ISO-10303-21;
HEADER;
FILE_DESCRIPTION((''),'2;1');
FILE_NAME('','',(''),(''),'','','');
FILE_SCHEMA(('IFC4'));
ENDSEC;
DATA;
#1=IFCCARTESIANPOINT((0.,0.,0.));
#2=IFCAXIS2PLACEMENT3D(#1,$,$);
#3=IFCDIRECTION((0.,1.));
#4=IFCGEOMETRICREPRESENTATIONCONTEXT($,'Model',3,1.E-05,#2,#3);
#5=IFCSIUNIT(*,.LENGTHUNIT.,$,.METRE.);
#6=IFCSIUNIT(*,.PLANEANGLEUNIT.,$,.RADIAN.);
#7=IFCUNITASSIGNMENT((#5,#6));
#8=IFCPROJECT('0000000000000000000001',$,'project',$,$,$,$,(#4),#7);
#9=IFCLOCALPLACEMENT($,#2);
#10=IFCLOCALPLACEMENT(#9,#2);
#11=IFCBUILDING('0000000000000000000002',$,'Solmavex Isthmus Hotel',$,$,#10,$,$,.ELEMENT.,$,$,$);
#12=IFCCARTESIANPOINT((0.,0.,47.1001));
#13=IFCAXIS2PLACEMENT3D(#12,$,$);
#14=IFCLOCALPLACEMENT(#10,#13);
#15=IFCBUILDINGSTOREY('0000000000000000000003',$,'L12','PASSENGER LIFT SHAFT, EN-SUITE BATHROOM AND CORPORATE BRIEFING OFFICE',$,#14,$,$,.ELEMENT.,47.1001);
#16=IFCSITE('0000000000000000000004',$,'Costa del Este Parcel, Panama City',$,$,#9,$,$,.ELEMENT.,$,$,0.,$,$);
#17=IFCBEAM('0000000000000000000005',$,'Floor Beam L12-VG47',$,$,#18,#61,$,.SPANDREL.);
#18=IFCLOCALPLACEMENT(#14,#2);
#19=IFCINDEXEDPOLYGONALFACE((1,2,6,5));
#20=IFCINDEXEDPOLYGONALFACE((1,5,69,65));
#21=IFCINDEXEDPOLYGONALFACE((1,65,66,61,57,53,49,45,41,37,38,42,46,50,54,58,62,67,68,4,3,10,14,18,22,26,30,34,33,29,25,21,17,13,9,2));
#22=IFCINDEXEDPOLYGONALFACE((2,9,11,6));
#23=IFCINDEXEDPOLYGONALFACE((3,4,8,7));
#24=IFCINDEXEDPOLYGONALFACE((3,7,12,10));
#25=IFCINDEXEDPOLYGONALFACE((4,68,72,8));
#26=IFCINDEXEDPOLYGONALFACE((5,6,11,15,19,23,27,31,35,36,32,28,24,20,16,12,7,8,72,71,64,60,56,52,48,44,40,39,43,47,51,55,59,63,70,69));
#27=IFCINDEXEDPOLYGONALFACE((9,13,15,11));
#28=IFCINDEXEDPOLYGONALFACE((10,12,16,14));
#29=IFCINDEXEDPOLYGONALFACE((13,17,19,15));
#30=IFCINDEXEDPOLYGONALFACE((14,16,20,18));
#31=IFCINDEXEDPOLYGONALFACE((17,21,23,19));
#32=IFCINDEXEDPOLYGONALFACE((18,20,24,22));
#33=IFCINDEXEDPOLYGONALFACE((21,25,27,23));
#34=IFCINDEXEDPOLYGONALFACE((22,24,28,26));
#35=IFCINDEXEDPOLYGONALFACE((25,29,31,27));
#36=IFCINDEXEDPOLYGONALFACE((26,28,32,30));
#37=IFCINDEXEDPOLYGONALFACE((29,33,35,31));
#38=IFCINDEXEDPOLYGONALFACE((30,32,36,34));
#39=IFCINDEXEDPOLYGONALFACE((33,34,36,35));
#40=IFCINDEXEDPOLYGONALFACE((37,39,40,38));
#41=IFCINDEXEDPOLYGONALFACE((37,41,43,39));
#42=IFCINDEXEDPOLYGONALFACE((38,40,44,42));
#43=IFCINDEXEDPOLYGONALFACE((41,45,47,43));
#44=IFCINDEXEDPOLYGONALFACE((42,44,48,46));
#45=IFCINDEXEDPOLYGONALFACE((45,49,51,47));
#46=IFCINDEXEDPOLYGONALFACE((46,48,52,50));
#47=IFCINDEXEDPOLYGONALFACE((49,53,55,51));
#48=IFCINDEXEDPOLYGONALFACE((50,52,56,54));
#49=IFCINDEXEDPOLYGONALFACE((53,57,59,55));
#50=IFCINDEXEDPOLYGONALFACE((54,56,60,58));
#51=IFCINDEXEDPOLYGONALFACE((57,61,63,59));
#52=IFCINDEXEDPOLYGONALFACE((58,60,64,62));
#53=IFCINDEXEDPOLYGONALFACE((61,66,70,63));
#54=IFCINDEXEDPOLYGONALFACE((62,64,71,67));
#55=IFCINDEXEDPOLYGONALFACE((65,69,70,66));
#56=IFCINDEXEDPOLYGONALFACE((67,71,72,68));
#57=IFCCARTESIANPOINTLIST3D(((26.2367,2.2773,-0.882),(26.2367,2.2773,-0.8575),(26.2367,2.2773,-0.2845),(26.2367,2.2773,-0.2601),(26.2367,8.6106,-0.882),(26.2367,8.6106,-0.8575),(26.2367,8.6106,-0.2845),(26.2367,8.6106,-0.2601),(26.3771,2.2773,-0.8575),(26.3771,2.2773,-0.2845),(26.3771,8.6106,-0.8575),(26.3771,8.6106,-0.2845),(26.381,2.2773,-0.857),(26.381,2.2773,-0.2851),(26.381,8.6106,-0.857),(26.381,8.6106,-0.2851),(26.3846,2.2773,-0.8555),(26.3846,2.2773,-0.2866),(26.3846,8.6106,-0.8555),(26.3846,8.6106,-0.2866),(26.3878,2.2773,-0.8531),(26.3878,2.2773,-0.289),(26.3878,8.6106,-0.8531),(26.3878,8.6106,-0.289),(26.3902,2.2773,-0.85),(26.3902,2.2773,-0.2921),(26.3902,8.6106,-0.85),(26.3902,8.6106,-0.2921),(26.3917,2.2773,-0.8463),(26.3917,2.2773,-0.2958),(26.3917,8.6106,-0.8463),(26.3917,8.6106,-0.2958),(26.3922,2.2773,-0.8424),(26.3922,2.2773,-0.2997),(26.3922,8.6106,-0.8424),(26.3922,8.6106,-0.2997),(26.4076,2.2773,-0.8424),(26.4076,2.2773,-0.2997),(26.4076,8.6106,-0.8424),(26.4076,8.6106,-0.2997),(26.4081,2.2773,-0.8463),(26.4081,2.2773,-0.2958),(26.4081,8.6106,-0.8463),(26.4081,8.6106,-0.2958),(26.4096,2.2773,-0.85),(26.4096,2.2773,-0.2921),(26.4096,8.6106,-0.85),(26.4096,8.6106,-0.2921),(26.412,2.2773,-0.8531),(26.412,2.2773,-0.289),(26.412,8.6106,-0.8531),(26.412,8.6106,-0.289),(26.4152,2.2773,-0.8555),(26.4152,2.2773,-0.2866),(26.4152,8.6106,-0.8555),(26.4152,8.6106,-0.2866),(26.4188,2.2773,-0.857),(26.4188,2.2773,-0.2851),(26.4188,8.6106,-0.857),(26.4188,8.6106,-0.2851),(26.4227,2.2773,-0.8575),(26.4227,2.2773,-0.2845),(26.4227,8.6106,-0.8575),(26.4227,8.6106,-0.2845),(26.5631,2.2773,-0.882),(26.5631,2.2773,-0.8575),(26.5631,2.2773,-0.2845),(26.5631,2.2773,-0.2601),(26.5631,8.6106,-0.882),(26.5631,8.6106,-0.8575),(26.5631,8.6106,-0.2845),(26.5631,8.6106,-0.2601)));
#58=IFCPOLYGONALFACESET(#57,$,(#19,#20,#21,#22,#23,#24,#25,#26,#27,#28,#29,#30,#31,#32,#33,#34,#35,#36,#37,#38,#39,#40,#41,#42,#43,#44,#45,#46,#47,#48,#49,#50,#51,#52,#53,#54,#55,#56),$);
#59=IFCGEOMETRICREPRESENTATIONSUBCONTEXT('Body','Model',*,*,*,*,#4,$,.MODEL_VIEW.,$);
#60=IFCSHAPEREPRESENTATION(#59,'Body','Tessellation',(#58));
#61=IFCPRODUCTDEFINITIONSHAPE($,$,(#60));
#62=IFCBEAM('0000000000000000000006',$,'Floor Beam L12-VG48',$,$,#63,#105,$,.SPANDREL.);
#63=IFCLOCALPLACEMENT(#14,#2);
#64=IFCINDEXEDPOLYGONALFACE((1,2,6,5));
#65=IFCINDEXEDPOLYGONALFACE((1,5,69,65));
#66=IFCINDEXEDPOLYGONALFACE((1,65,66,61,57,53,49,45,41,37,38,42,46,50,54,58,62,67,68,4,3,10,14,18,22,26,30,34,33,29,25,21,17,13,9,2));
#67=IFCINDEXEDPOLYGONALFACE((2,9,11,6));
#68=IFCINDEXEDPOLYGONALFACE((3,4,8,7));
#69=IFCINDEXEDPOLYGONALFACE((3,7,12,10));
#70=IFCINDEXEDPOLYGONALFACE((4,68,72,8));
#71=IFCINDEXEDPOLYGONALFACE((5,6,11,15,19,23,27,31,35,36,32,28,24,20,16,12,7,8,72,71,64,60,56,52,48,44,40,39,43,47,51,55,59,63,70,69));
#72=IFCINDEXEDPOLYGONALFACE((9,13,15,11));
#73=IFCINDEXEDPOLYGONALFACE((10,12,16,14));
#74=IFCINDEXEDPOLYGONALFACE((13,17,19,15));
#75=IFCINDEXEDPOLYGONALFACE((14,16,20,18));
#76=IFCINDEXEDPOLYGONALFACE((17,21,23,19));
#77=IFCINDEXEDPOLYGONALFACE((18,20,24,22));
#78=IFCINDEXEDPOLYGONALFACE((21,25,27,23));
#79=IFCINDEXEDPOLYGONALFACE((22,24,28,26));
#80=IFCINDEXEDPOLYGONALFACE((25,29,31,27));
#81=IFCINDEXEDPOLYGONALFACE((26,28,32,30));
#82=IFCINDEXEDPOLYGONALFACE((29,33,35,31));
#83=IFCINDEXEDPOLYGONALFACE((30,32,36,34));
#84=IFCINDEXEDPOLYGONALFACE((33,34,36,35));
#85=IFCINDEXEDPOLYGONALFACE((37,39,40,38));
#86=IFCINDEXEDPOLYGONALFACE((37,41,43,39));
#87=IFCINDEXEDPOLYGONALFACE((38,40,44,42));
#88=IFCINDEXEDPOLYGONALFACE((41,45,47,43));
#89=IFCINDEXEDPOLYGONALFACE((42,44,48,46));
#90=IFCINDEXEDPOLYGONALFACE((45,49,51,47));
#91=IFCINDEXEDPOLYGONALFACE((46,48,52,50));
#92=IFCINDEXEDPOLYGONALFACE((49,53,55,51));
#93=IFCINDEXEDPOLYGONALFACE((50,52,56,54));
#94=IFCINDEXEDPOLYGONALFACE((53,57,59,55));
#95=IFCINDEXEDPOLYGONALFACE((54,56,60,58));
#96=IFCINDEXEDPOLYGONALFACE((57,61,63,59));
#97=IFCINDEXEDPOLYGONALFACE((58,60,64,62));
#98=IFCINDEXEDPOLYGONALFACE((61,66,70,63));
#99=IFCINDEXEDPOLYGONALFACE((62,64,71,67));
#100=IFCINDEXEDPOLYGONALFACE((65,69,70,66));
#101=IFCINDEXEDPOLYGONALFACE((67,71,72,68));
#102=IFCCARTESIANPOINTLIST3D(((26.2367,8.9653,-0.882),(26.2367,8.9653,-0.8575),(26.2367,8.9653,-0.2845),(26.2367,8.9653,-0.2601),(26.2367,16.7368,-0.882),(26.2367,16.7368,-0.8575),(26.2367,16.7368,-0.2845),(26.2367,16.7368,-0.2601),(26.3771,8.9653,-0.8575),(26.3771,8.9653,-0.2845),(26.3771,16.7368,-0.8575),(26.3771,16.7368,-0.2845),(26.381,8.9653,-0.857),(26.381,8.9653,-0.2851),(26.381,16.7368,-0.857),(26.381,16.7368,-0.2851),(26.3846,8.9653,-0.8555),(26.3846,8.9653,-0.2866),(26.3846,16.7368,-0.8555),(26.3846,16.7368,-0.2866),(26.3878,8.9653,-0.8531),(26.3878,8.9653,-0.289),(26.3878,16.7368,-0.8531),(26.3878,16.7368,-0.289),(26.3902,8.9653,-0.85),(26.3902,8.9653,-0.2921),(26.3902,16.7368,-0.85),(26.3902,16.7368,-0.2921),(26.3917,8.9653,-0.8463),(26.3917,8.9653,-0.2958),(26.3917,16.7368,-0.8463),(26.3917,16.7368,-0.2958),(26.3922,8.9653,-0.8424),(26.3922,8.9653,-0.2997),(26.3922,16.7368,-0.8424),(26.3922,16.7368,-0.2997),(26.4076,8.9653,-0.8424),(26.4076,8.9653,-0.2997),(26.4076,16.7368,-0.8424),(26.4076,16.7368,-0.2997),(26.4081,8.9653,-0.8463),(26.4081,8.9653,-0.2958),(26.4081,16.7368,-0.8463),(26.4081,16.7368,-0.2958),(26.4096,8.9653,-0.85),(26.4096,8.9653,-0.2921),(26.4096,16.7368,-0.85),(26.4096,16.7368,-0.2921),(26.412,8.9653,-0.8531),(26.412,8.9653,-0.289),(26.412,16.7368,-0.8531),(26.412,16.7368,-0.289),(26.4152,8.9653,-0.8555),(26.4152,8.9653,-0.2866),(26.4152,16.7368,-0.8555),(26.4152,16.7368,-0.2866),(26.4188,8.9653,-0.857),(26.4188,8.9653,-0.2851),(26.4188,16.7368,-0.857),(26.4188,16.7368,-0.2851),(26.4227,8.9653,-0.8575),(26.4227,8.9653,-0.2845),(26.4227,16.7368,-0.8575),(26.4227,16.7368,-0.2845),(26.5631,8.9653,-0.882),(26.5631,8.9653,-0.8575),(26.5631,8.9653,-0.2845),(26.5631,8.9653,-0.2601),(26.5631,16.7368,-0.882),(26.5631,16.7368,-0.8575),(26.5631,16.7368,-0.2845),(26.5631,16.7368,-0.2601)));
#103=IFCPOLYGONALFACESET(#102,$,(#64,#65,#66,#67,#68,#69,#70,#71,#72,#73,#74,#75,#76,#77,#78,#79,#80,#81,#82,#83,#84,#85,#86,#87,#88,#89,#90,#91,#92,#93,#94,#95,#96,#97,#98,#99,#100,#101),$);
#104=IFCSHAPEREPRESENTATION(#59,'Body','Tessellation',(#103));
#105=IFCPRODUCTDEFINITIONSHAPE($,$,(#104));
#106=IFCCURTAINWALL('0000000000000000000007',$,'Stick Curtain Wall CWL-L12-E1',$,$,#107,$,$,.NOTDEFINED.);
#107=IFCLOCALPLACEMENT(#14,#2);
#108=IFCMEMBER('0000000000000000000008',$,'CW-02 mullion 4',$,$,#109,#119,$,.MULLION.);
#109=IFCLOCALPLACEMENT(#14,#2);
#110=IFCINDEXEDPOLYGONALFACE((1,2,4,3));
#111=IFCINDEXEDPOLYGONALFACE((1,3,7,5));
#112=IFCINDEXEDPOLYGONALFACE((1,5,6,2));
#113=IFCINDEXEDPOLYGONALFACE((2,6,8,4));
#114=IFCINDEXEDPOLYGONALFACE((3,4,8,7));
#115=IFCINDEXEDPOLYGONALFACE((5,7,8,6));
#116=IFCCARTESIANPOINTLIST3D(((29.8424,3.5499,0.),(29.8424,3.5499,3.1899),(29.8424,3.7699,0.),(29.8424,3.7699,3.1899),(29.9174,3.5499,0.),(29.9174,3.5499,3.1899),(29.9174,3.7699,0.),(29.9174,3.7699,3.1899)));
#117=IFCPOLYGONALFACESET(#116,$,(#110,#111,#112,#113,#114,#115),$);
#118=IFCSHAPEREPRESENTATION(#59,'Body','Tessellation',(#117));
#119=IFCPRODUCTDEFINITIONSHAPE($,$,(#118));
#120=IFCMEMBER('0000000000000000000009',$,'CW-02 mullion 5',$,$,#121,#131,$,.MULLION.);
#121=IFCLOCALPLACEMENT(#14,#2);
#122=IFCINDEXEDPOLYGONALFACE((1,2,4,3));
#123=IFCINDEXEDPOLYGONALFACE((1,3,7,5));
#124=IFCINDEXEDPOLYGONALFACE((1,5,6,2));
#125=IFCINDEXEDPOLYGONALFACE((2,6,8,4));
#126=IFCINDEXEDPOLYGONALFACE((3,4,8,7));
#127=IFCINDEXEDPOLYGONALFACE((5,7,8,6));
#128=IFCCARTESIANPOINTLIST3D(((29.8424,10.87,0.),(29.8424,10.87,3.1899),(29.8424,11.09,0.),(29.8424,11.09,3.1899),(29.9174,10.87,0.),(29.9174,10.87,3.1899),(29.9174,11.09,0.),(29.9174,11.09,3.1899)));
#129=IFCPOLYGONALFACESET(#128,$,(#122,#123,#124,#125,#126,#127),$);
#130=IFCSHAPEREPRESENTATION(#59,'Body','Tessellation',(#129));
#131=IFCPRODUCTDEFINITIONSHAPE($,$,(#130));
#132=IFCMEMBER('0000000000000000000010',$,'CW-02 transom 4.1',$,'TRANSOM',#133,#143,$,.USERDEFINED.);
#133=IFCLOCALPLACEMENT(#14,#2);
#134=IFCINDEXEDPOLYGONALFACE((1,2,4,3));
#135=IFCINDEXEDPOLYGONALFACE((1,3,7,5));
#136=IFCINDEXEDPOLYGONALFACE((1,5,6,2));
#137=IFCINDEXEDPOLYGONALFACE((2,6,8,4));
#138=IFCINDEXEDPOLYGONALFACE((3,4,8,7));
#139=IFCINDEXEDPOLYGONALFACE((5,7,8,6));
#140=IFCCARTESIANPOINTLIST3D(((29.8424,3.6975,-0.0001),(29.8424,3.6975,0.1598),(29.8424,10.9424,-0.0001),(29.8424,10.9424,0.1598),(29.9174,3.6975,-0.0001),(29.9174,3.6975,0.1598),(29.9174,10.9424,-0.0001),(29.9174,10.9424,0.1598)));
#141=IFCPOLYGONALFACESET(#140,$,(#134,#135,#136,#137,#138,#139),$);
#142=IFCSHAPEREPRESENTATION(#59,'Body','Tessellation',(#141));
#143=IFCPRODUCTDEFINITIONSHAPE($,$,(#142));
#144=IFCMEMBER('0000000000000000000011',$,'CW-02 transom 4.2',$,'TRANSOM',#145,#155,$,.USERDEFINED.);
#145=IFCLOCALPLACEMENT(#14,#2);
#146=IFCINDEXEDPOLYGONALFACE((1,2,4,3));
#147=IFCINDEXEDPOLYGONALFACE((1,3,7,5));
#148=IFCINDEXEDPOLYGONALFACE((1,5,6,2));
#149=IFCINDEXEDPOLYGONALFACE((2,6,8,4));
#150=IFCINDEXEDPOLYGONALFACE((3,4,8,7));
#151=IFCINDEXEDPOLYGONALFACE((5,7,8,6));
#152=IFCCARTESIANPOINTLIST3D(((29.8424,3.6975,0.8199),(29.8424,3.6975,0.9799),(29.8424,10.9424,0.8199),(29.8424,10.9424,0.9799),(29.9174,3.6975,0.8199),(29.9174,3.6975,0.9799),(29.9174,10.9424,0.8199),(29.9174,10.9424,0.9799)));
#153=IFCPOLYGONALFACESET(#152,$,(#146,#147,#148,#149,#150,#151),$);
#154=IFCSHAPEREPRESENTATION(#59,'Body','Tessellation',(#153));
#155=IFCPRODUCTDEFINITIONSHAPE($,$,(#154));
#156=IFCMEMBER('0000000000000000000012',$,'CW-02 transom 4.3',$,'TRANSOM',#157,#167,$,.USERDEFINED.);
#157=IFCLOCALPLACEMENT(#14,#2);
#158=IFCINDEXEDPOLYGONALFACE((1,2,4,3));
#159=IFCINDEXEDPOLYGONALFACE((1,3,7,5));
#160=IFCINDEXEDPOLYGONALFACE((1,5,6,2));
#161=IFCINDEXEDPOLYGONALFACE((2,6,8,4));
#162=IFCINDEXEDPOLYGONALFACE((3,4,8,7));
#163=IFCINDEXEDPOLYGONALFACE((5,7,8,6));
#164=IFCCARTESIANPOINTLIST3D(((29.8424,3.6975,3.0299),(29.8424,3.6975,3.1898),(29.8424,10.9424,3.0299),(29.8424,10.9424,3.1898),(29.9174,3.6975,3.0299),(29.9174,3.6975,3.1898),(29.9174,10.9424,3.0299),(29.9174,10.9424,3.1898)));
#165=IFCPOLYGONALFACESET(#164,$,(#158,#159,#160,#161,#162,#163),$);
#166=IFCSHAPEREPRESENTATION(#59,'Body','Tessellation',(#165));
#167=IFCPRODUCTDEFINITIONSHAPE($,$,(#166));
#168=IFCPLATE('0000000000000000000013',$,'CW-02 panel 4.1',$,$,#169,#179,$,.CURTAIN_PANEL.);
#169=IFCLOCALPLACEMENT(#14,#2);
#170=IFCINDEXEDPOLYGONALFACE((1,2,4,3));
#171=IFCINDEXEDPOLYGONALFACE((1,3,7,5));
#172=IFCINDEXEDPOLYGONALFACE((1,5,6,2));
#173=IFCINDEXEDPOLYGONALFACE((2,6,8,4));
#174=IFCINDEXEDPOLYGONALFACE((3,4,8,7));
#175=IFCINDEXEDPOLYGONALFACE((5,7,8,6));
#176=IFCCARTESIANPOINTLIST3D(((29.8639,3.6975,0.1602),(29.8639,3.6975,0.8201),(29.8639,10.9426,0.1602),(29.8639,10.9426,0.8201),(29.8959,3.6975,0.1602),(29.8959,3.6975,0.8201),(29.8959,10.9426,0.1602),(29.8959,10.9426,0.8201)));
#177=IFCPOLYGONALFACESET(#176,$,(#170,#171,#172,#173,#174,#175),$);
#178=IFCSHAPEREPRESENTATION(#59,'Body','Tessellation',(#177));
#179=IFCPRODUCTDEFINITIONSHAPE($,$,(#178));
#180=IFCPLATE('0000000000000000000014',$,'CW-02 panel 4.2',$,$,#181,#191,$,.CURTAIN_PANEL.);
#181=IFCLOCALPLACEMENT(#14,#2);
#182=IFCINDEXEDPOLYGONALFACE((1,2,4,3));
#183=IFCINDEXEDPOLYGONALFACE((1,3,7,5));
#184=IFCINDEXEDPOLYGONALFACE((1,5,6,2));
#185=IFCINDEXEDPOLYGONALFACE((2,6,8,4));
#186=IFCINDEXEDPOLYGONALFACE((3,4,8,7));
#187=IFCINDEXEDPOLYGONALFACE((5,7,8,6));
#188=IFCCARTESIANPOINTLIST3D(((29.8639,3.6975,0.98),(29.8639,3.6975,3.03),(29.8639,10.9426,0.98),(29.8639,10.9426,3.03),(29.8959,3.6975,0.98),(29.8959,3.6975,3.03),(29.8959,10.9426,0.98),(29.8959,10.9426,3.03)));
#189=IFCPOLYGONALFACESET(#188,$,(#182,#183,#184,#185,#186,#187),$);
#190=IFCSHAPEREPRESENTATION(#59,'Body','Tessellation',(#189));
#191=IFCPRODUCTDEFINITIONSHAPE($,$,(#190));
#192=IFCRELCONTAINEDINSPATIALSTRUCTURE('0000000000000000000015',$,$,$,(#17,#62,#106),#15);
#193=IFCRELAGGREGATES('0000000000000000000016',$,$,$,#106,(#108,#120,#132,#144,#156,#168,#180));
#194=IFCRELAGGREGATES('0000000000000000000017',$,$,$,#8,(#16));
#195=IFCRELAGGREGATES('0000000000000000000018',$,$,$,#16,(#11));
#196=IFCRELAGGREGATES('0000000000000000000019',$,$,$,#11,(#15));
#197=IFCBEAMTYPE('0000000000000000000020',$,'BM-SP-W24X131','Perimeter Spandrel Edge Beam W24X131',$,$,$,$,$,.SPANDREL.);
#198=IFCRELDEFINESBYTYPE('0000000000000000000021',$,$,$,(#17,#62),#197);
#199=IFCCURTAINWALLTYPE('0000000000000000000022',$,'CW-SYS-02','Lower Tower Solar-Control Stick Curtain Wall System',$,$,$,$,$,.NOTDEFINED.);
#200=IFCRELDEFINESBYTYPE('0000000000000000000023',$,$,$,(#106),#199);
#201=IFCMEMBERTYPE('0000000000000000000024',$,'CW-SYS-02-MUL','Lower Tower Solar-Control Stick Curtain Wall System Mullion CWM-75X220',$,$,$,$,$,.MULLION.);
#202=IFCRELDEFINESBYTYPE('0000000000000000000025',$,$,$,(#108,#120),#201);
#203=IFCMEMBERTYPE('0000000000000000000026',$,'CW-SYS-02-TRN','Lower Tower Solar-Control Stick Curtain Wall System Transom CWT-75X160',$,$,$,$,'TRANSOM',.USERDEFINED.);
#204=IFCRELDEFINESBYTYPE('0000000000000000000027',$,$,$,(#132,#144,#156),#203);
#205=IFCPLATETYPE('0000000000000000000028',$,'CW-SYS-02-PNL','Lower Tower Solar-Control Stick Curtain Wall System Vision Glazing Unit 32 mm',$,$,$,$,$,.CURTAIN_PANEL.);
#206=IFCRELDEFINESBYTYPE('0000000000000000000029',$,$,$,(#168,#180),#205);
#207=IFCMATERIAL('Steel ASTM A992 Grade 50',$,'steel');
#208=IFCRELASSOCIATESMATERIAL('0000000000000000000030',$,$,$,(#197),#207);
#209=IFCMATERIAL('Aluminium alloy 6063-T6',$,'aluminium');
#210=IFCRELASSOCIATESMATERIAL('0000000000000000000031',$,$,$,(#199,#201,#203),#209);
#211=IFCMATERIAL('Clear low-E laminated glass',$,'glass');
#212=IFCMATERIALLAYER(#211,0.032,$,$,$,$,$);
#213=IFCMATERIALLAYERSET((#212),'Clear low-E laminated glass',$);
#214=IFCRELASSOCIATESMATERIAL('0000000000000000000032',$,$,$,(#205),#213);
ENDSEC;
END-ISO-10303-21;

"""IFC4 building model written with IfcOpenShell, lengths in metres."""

from ifc_helpers import new_model, si_unit, direction, frame, origin, origin_2d, place, context, subcontext, project, spatial, rectangle, i_section, extrude, material, layer, layer_set, material_profile, profile_set, type_object, element, aggregate, save


model = new_model("IFC4")

# Units and contexts
model_context = context("Model", 3, precision=1e-05, world=origin(), true_north=direction((0.0, 1.0)))
body_context = subcontext(model_context, "Body", "Model", "MODEL_VIEW")
ifc_project = project(units=[si_unit("LENGTHUNIT", "METRE"), si_unit("PLANEANGLEUNIT", "RADIAN")], contexts=[model_context])

# Site, building, storey
site_placement = place(None, origin())
site = spatial("IfcSite", under=ifc_project, at=site_placement, Name="Costa del Este Parcel, Panama City", CompositionType="ELEMENT", RefElevation=0.0)
building_placement = place(site_placement, origin())
building = spatial("IfcBuilding", under=site, at=building_placement, Name="Solmavex Isthmus Hotel", CompositionType="ELEMENT")
storey_placement = place(building_placement, frame((0.0, 0.0, 47.1001)))
storey = spatial("IfcBuildingStorey", under=building, at=storey_placement, Name="L12", Description="PASSENGER LIFT SHAFT, EN-SUITE BATHROOM AND CORPORATE BRIEFING OFFICE", CompositionType="ELEMENT", Elevation=47.1001)

# Beams
ifc_material_1 = material(Name="Steel ASTM A992 Grade 50", Category="steel")
ifc_material_profile_1 = material_profile(ifc_material_1, i_section(OverallWidth=0.3264, OverallDepth=0.6218, WebThickness=0.0154, FlangeThickness=0.0244, FilletRadius=0.0151, at=origin_2d()), Name="W24X131")
ifc_profile_set_1 = profile_set([ifc_material_profile_1], Name="Steel ASTM A992 Grade 50")
beam_type_1 = type_object("IfcBeamType", Name="BM-SP-W24X131", Description="Perimeter Spandrel Edge Beam W24X131", PredefinedType="SPANDREL", material=ifc_profile_set_1)
beam_1_placement = place(storey_placement, frame((26.3999, 2.2773, -0.571), z_axis=(0.0, 1.0, 0.0), x_axis=(-1.0, 0.0, 0.0)))
element("IfcBeam", 1, at=beam_1_placement, inside=storey, type_object=beam_type_1, Name="Floor Beam L12-VG47", PredefinedType="SPANDREL", context=body_context, shape_type="SweptSolid", body=[
    extrude(i_section(OverallWidth=0.3264, OverallDepth=0.6218, WebThickness=0.0154, FlangeThickness=0.0244, FilletRadius=0.0151, at=origin_2d()), origin(), (0.0, 0.0, 1.0), 6.3333),
])
beam_2_placement = place(storey_placement, frame((26.3999, 8.9653, -0.571), z_axis=(0.0, 1.0, 0.0), x_axis=(-1.0, 0.0, 0.0)))
element("IfcBeam", 2, at=beam_2_placement, inside=storey, type_object=beam_type_1, Name="Floor Beam L12-VG48", PredefinedType="SPANDREL", context=body_context, shape_type="SweptSolid", body=[
    extrude(i_section(OverallWidth=0.3264, OverallDepth=0.6218, WebThickness=0.0154, FlangeThickness=0.0244, FilletRadius=0.0151, at=origin_2d()), origin(), (0.0, 0.0, 1.0), 7.7715),
])

# Curtain wall, members, plates
ifc_material_2 = material(Name="Aluminium alloy 6063-T6", Category="aluminium")
curtain_wall_type = type_object("IfcCurtainWallType", Name="CW-SYS-02", Description="Lower Tower Solar-Control Stick Curtain Wall System", PredefinedType="NOTDEFINED", material=ifc_material_2)
curtain_wall_placement = place(storey_placement, origin())
curtain_wall = element("IfcCurtainWall", 3, at=curtain_wall_placement, inside=storey, type_object=curtain_wall_type, Name="Stick Curtain Wall CWL-L12-E1", PredefinedType="NOTDEFINED")
ifc_material_profile_2 = material_profile(ifc_material_2, rectangle(XDim=0.075, YDim=0.22, at=origin_2d()), Name="CWM-75X220")
ifc_profile_set_2 = profile_set([ifc_material_profile_2], Name="Aluminium alloy 6063-T6")
member_type_1 = type_object("IfcMemberType", Name="CW-SYS-02-MUL", Description="Lower Tower Solar-Control Stick Curtain Wall System Mullion CWM-75X220", PredefinedType="MULLION", material=ifc_profile_set_2)
member_1_placement = place(storey_placement, frame((29.8799, 3.6599, 0.0), z_axis=(0.0, 0.0, 1.0), x_axis=(-1.0, 0.0, 0.0)))
member_1 = element("IfcMember", 4, at=member_1_placement, type_object=member_type_1, Name="CW-02 mullion 4", PredefinedType="MULLION", context=body_context, shape_type="SweptSolid", body=[
    extrude(rectangle(XDim=0.075, YDim=0.22, at=origin_2d()), origin(), (0.0, 0.0, 1.0), 3.1899),
])
member_2_placement = place(storey_placement, frame((29.8799, 10.98, 0.0), z_axis=(0.0, 0.0, 1.0), x_axis=(-1.0, 0.0, 0.0)))
member_2 = element("IfcMember", 5, at=member_2_placement, type_object=member_type_1, Name="CW-02 mullion 5", PredefinedType="MULLION", context=body_context, shape_type="SweptSolid", body=[
    extrude(rectangle(XDim=0.075, YDim=0.22, at=origin_2d()), origin(), (0.0, 0.0, 1.0), 3.1899),
])
ifc_material_profile_3 = material_profile(ifc_material_2, rectangle(XDim=0.075, YDim=0.1599, at=origin_2d()), Name="CWT-75X160")
ifc_profile_set_3 = profile_set([ifc_material_profile_3], Name="Aluminium alloy 6063-T6")
member_type_2 = type_object("IfcMemberType", Name="CW-SYS-02-TRN", Description="Lower Tower Solar-Control Stick Curtain Wall System Transom CWT-75X160", ElementType="TRANSOM", PredefinedType="USERDEFINED", material=ifc_profile_set_3)
member_3_placement = place(storey_placement, frame((29.8799, 3.6975, 0.0798), z_axis=(0.0, 1.0, 0.0), x_axis=(-1.0, 0.0, 0.0)))
member_3 = element("IfcMember", 6, at=member_3_placement, type_object=member_type_2, Name="CW-02 transom 4.1", ObjectType="TRANSOM", PredefinedType="USERDEFINED", context=body_context, shape_type="SweptSolid", body=[
    extrude(rectangle(XDim=0.075, YDim=0.1599, at=origin_2d()), origin(), (0.0, 0.0, 1.0), 7.2449),
])
member_4_placement = place(storey_placement, frame((29.8799, 3.6975, 0.8999), z_axis=(0.0, 1.0, 0.0), x_axis=(-1.0, 0.0, 0.0)))
member_4 = element("IfcMember", 7, at=member_4_placement, type_object=member_type_2, Name="CW-02 transom 4.2", ObjectType="TRANSOM", PredefinedType="USERDEFINED", context=body_context, shape_type="SweptSolid", body=[
    extrude(rectangle(XDim=0.075, YDim=0.1599, at=origin_2d()), origin(), (0.0, 0.0, 1.0), 7.2449),
])
member_5_placement = place(storey_placement, frame((29.8799, 3.6975, 3.1099), z_axis=(0.0, 1.0, 0.0), x_axis=(-1.0, 0.0, 0.0)))
member_5 = element("IfcMember", 8, at=member_5_placement, type_object=member_type_2, Name="CW-02 transom 4.3", ObjectType="TRANSOM", PredefinedType="USERDEFINED", context=body_context, shape_type="SweptSolid", body=[
    extrude(rectangle(XDim=0.075, YDim=0.1599, at=origin_2d()), origin(), (0.0, 0.0, 1.0), 7.2449),
])
ifc_material_3 = material(Name="Clear low-E laminated glass", Category="glass")
ifc_layer_1 = layer(ifc_material_3, 0.032)
ifc_layer_set_1 = layer_set([ifc_layer_1], Name="Clear low-E laminated glass")
plate_type = type_object("IfcPlateType", Name="CW-SYS-02-PNL", Description="Lower Tower Solar-Control Stick Curtain Wall System Vision Glazing Unit 32 mm", PredefinedType="CURTAIN_PANEL", material=ifc_layer_set_1)
plate_1_placement = place(storey_placement, frame((29.8799, 7.3201, 0.1602), z_axis=(0.0, 0.0, 1.0), x_axis=(0.0, 1.0, 0.0)))
plate_1 = element("IfcPlate", 9, at=plate_1_placement, type_object=plate_type, Name="CW-02 panel 4.1", PredefinedType="CURTAIN_PANEL", context=body_context, shape_type="SweptSolid", body=[
    extrude(rectangle(XDim=7.2451, YDim=0.032, at=origin_2d()), origin(), (0.0, 0.0, 1.0), 0.6599),
])
plate_2_placement = place(storey_placement, frame((29.8799, 7.3201, 0.98), z_axis=(0.0, 0.0, 1.0), x_axis=(0.0, 1.0, 0.0)))
plate_2 = element("IfcPlate", 10, at=plate_2_placement, type_object=plate_type, Name="CW-02 panel 4.2", PredefinedType="CURTAIN_PANEL", context=body_context, shape_type="SweptSolid", body=[
    extrude(rectangle(XDim=7.2451, YDim=0.032, at=origin_2d()), origin(), (0.0, 0.0, 1.0), 2.05),
])
aggregate(curtain_wall, [member_1, member_2, member_3, member_4, member_5, plate_1, plate_2])

save(model, "model.ifc")
